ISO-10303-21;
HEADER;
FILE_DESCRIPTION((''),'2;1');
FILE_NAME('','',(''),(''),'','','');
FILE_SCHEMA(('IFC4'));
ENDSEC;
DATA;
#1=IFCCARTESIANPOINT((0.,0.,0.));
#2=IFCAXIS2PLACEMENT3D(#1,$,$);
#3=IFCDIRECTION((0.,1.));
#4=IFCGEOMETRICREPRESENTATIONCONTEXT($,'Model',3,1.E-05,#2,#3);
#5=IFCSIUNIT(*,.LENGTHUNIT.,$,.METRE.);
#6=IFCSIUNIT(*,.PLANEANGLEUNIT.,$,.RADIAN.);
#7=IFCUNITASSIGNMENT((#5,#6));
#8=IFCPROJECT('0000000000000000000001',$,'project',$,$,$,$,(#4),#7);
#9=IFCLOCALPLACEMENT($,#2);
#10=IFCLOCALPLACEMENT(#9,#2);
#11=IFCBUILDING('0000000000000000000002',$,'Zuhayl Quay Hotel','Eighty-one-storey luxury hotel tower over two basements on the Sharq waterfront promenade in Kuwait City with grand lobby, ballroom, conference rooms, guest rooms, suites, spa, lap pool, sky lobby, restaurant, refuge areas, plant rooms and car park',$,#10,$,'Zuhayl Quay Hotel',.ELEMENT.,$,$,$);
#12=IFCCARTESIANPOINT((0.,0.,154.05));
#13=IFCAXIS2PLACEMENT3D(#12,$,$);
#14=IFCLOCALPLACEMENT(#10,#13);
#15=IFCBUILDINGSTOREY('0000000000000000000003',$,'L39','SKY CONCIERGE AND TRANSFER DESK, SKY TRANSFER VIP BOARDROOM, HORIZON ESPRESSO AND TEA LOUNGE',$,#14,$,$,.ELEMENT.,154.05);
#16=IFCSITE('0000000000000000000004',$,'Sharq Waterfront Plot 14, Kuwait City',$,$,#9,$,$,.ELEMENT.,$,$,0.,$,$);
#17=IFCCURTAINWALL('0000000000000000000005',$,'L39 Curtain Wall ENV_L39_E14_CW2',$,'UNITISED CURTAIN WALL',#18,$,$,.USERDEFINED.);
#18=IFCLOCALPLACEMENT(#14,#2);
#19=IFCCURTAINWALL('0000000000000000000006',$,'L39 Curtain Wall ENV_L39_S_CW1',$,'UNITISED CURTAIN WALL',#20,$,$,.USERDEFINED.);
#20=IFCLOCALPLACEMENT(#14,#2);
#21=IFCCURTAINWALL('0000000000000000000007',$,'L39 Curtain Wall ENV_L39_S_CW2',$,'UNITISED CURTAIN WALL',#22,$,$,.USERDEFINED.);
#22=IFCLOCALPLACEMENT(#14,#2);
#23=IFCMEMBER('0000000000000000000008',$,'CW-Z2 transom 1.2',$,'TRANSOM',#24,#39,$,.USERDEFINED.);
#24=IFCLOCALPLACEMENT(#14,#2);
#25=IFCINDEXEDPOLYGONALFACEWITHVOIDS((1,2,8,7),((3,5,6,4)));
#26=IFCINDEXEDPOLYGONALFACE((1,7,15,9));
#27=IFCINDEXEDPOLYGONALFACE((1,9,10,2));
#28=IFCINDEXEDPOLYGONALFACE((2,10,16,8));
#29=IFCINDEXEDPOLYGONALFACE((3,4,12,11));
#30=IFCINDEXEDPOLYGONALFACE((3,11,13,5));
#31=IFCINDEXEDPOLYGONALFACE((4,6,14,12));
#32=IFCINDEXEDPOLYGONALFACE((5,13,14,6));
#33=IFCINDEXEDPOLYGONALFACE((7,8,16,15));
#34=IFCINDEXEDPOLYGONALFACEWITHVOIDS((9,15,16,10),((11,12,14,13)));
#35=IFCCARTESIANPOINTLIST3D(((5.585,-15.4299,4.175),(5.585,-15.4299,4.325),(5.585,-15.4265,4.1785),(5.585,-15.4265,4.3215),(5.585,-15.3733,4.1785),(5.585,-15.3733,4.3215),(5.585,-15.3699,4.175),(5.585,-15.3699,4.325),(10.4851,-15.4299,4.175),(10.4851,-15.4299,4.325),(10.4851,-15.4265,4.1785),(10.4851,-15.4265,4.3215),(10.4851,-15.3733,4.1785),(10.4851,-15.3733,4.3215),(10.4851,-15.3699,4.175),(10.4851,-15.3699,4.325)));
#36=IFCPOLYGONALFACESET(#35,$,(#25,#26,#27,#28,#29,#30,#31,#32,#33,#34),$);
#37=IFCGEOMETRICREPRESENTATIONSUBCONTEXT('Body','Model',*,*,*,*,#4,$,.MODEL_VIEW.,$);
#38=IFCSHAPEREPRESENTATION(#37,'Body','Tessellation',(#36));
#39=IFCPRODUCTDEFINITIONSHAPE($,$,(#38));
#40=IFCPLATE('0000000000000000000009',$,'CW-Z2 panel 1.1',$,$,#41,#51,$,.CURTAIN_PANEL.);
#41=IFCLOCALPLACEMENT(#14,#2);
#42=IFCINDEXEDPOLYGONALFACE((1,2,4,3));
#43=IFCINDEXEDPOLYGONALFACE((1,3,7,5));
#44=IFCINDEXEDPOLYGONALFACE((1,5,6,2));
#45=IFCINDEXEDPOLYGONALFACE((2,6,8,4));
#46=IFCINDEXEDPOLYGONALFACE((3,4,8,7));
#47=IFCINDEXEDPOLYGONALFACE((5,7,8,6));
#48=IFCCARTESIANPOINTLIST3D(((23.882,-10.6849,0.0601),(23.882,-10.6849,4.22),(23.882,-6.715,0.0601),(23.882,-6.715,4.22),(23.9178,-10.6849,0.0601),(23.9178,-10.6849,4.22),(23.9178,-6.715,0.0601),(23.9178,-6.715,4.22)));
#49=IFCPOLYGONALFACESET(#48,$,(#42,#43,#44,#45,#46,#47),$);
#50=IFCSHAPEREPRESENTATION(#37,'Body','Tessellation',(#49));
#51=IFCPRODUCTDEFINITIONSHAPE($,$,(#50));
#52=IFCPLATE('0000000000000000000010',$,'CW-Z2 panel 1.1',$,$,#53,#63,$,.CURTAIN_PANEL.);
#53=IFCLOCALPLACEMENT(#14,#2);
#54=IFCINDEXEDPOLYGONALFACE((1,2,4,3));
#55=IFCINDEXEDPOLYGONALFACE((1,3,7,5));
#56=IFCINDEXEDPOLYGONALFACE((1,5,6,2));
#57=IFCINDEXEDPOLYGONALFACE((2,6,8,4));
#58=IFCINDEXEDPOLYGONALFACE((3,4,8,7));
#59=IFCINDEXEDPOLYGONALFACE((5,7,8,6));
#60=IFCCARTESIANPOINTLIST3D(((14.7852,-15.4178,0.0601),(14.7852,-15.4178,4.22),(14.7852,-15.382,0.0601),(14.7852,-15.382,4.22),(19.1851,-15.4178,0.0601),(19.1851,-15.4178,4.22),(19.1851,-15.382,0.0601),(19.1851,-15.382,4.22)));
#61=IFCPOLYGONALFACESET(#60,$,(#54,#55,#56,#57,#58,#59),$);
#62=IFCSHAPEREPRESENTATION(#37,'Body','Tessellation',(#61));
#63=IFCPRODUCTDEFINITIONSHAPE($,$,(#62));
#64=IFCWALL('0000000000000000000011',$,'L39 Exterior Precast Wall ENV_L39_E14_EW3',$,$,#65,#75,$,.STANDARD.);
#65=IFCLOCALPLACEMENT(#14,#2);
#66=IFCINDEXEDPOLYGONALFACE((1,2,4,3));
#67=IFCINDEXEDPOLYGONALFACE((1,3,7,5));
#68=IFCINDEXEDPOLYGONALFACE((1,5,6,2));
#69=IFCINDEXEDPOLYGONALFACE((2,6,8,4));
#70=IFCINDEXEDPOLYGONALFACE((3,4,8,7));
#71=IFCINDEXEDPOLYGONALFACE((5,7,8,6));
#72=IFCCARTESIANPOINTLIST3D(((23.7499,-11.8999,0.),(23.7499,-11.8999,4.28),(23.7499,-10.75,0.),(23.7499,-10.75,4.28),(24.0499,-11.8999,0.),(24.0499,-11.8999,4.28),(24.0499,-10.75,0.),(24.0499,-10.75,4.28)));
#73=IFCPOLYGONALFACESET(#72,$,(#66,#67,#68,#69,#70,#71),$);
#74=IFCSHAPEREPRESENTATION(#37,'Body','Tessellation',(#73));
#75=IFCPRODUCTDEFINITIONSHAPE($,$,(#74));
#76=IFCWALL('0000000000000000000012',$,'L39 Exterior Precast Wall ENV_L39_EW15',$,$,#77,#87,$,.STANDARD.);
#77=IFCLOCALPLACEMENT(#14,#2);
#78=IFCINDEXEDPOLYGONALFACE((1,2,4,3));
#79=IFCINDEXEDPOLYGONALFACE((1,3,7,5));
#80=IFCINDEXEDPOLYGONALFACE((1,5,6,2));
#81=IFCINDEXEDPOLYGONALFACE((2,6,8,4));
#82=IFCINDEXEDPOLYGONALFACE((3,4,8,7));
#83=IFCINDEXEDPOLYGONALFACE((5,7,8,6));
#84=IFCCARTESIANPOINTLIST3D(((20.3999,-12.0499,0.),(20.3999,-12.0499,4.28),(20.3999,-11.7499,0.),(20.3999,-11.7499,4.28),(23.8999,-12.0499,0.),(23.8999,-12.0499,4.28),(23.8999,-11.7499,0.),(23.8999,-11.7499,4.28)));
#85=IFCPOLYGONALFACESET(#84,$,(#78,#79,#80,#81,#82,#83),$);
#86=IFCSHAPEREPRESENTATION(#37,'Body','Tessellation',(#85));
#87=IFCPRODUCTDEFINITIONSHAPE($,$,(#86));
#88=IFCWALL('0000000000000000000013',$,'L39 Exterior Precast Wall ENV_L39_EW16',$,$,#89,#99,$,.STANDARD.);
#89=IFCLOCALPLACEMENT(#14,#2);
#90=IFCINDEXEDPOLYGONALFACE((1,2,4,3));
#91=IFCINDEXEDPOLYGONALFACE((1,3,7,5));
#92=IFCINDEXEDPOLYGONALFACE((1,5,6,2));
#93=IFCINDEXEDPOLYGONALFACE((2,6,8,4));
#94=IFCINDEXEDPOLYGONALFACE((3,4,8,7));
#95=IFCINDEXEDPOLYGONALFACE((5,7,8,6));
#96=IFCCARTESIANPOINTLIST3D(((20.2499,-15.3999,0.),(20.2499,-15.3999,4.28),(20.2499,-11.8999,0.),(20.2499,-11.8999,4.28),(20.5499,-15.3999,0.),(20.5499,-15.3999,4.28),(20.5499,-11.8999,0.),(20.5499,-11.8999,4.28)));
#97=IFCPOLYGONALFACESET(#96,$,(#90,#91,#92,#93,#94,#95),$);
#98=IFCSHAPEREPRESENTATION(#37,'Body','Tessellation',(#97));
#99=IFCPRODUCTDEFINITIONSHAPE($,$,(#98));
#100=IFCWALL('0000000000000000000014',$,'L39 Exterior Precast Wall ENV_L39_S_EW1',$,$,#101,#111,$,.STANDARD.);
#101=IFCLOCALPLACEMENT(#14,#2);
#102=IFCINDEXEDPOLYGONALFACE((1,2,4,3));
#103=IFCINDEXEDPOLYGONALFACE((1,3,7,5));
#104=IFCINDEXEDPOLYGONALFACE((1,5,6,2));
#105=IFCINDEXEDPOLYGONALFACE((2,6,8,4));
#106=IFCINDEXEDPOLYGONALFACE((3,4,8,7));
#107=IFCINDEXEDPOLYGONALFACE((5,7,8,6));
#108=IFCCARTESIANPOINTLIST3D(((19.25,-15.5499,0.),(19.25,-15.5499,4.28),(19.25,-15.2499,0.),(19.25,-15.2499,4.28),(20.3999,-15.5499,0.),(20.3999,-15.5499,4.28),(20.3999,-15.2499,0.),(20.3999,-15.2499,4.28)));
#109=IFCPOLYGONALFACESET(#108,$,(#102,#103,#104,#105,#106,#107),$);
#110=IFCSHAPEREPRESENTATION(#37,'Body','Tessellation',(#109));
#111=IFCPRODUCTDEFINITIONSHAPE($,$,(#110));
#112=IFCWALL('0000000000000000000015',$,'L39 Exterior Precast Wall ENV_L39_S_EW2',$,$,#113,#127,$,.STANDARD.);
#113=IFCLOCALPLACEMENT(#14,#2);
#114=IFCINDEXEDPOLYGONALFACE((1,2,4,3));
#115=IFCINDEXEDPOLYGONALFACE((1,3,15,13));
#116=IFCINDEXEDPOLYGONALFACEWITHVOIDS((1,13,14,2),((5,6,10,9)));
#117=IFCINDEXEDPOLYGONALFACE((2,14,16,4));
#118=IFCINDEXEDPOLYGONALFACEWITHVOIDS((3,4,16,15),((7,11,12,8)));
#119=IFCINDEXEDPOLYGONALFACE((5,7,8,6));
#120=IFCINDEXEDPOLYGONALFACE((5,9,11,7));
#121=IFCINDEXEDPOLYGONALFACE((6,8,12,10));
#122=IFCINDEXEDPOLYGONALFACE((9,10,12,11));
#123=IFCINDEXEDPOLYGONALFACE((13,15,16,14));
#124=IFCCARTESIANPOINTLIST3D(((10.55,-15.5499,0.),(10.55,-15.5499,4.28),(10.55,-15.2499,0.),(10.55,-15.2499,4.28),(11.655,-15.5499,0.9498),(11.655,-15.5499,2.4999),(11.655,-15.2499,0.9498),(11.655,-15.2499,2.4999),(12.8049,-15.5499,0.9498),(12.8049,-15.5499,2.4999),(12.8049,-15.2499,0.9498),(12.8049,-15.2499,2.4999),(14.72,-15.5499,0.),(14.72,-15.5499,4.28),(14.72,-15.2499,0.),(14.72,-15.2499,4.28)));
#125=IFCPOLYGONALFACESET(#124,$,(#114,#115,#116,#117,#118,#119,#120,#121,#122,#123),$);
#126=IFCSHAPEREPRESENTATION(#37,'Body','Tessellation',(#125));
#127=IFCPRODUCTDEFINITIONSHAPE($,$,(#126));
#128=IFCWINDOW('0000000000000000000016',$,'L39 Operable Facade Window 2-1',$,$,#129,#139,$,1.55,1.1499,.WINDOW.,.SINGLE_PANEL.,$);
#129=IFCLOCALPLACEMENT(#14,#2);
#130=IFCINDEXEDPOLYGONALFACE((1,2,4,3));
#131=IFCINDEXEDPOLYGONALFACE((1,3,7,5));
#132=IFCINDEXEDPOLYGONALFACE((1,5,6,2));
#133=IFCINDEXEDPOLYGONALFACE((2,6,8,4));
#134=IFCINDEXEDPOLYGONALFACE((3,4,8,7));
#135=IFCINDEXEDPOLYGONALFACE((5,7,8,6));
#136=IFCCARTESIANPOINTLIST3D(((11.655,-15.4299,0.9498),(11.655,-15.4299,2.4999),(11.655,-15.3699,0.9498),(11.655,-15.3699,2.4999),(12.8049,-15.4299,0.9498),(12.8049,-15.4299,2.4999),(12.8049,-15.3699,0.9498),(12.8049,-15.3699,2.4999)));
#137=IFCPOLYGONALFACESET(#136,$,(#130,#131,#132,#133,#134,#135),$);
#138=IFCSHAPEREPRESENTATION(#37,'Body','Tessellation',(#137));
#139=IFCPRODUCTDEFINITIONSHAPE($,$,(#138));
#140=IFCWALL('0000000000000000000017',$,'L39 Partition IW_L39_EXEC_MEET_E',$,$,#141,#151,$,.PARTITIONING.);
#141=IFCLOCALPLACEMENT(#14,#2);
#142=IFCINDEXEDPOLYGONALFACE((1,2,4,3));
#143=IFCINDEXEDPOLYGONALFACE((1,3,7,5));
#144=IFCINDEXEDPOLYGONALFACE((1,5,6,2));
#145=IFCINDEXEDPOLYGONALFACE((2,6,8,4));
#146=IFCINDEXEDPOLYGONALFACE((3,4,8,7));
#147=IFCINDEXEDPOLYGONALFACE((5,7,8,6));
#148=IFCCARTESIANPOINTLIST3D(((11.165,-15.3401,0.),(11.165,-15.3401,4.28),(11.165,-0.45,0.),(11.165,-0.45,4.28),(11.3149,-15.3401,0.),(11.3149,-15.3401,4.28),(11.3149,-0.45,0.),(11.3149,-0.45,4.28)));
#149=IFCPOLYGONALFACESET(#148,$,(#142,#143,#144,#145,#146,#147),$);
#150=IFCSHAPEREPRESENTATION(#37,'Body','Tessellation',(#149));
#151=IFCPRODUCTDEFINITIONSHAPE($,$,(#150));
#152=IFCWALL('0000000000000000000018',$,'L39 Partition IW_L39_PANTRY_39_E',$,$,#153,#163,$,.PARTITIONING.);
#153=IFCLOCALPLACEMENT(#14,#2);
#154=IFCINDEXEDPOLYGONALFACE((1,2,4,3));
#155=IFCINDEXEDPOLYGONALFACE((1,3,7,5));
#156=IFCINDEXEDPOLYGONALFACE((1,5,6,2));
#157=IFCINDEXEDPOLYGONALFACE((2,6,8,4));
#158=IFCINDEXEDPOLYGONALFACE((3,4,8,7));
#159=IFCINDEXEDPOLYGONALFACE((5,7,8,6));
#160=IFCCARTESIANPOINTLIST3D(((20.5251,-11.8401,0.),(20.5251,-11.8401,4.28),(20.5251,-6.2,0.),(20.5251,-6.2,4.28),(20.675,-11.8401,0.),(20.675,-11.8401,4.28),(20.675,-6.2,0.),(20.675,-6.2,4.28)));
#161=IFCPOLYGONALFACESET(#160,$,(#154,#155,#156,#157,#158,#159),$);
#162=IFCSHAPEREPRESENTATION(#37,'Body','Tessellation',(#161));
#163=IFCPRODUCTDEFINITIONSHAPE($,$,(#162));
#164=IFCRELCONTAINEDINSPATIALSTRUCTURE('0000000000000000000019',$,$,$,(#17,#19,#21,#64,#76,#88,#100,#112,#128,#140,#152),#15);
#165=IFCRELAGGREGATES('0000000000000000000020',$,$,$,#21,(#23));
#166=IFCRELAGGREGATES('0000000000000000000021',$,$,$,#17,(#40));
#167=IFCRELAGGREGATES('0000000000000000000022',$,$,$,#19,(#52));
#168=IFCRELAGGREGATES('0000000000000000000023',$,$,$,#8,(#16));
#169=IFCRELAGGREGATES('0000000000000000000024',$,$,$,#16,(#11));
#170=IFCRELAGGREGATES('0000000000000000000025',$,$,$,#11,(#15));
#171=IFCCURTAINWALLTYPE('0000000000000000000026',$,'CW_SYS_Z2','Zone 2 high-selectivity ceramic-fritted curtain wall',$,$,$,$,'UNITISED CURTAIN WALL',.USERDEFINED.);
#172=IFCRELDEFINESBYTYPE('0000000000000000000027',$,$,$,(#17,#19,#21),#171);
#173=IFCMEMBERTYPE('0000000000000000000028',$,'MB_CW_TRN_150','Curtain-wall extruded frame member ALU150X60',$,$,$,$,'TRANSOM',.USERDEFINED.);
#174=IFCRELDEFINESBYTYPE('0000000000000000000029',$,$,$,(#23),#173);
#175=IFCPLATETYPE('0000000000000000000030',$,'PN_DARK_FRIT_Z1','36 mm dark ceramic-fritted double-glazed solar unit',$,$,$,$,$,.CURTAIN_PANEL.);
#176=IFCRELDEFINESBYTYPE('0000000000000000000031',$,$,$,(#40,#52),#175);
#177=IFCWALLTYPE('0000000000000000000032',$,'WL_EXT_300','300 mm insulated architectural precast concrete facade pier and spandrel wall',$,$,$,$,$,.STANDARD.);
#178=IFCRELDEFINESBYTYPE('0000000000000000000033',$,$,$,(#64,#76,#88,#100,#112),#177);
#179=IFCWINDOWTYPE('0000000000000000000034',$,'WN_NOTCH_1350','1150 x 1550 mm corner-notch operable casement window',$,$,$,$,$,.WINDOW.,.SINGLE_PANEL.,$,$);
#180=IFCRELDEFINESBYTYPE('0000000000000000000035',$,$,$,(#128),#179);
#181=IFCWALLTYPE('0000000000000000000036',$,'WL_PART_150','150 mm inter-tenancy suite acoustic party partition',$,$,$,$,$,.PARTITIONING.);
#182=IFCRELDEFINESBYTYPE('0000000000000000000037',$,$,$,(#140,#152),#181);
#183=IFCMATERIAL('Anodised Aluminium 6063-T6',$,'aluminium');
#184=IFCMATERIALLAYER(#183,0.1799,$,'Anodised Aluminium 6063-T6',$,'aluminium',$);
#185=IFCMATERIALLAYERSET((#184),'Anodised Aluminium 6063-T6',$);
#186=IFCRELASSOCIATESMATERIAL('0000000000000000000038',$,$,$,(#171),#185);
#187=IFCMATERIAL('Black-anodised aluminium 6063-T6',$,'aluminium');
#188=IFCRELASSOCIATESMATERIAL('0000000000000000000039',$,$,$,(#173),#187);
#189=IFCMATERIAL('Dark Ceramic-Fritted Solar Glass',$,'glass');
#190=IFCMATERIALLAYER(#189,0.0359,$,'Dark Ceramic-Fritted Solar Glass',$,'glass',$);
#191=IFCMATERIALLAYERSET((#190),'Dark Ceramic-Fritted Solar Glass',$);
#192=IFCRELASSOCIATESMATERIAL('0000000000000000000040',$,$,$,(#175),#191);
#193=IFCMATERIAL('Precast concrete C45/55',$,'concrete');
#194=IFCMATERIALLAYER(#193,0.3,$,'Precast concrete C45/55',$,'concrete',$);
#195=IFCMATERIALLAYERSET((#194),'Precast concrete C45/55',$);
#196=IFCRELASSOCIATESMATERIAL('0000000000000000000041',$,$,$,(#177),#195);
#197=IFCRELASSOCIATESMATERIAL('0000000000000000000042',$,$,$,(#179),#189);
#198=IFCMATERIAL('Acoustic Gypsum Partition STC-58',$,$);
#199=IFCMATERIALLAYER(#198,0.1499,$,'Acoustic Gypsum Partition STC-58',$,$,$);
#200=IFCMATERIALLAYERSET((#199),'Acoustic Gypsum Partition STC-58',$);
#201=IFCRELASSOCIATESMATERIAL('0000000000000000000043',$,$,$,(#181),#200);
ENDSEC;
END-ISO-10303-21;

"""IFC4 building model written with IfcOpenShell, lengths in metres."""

from ifc_helpers import new_model, si_unit, direction, frame, frame_2d, origin, origin_2d, place, context, subcontext, project, spatial, rectangle, hollow_rectangle, extrude, material, layer, layer_set, material_profile, profile_set, type_object, element, fill, aggregate, save


model = new_model("IFC4")

# Units and contexts
model_context = context("Model", 3, precision=1e-05, world=origin(), true_north=direction((0.0, 1.0)))
body_context = subcontext(model_context, "Body", "Model", "MODEL_VIEW")
ifc_project = project(units=[si_unit("LENGTHUNIT", "METRE"), si_unit("PLANEANGLEUNIT", "RADIAN")], contexts=[model_context])

# Site, building, storey
site_placement = place(None, origin())
site = spatial("IfcSite", under=ifc_project, at=site_placement, Name="Sharq Waterfront Plot 14, Kuwait City", CompositionType="ELEMENT", RefElevation=0.0)
building_placement = place(site_placement, origin())
building = spatial("IfcBuilding", under=site, at=building_placement, Name="Zuhayl Quay Hotel", Description="Eighty-one-storey luxury hotel tower over two basements on the Sharq waterfront promenade in Kuwait City with grand lobby, ballroom, conference rooms, guest rooms, suites, spa, lap pool, sky lobby, restaurant, refuge areas, plant rooms and car park", LongName="Zuhayl Quay Hotel", CompositionType="ELEMENT")
storey_placement = place(building_placement, frame((0.0, 0.0, 154.05)))
storey = spatial("IfcBuildingStorey", under=building, at=storey_placement, Name="L39", Description="SKY CONCIERGE AND TRANSFER DESK, SKY TRANSFER VIP BOARDROOM, HORIZON ESPRESSO AND TEA LOUNGE", CompositionType="ELEMENT", Elevation=154.05)

# Curtain wall
ifc_material_1 = material(Name="Anodised Aluminium 6063-T6", Category="aluminium")
ifc_layer_1 = layer(ifc_material_1, 0.1799, Name="Anodised Aluminium 6063-T6", Category="aluminium")
ifc_layer_set_1 = layer_set([ifc_layer_1], Name="Anodised Aluminium 6063-T6")
curtain_wall_type = type_object("IfcCurtainWallType", Name="CW_SYS_Z2", Description="Zone 2 high-selectivity ceramic-fritted curtain wall", ElementType="UNITISED CURTAIN WALL", PredefinedType="USERDEFINED", material=ifc_layer_set_1)
curtain_wall_1_placement = place(storey_placement, origin())
curtain_wall_1 = element("IfcCurtainWall", 1, at=curtain_wall_1_placement, inside=storey, type_object=curtain_wall_type, Name="L39 Curtain Wall ENV_L39_E14_CW2", ObjectType="UNITISED CURTAIN WALL", PredefinedType="USERDEFINED")
ifc_material_2 = material(Name="Black-anodised aluminium 6063-T6", Category="aluminium")

# Curtain wall
curtain_wall_2_placement = place(storey_placement, origin())
curtain_wall_2 = element("IfcCurtainWall", 2, at=curtain_wall_2_placement, inside=storey, type_object=curtain_wall_type, Name="L39 Curtain Wall ENV_L39_S_CW1", ObjectType="UNITISED CURTAIN WALL", PredefinedType="USERDEFINED")

# Curtain wall
curtain_wall_3_placement = place(storey_placement, origin())
curtain_wall_3 = element("IfcCurtainWall", 3, at=curtain_wall_3_placement, inside=storey, type_object=curtain_wall_type, Name="L39 Curtain Wall ENV_L39_S_CW2", ObjectType="UNITISED CURTAIN WALL", PredefinedType="USERDEFINED")

# Member
ifc_material_profile_1 = material_profile(ifc_material_2, hollow_rectangle(XDim=0.0601, YDim=0.1499, WallThickness=0.0034, at=origin_2d()), Name="ALU150X60")
ifc_profile_set_1 = profile_set([ifc_material_profile_1], Name="Black-anodised aluminium 6063-T6")
member_type_1 = type_object("IfcMemberType", Name="MB_CW_TRN_150", Description="Curtain-wall extruded frame member ALU150X60", ElementType="TRANSOM", PredefinedType="USERDEFINED", material=ifc_profile_set_1)
member_1_placement = place(storey_placement, frame((10.4851, -15.3999, 4.25), z_axis=(-1.0, 0.0, 0.0), x_axis=(0.0, -1.0, 0.0)))
member_1 = element("IfcMember", 4, at=member_1_placement, type_object=member_type_1, Name="CW-Z2 transom 1.2", ObjectType="TRANSOM", PredefinedType="USERDEFINED", context=body_context, shape_type="SweptSolid", body=[
    extrude(hollow_rectangle(XDim=0.0601, YDim=0.1499, WallThickness=0.0034, at=origin_2d()), origin(), (0.0, 0.0, 1.0), 4.9001),
])
aggregate(curtain_wall_3, [member_1])

# Plates
ifc_material_3 = material(Name="Dark Ceramic-Fritted Solar Glass", Category="glass")
ifc_layer_2 = layer(ifc_material_3, 0.0359, Name="Dark Ceramic-Fritted Solar Glass", Category="glass")
ifc_layer_set_2 = layer_set([ifc_layer_2], Name="Dark Ceramic-Fritted Solar Glass")
plate_type = type_object("IfcPlateType", Name="PN_DARK_FRIT_Z1", Description="36 mm dark ceramic-fritted double-glazed solar unit", PredefinedType="CURTAIN_PANEL", material=ifc_layer_set_2)
plate_1_placement = place(storey_placement, frame((23.8999, -8.7, 0.0601), z_axis=(0.0, 0.0, 1.0), x_axis=(0.0, -1.0, 0.0)))
plate_1 = element("IfcPlate", 5, at=plate_1_placement, type_object=plate_type, Name="CW-Z2 panel 1.1", PredefinedType="CURTAIN_PANEL", context=body_context, shape_type="SweptSolid", body=[
    extrude(rectangle(XDim=3.97, YDim=0.0359, at=origin_2d()), origin(), (0.0, 0.0, 1.0), 4.1599),
])
aggregate(curtain_wall_1, [plate_1])
plate_2_placement = place(storey_placement, frame((16.9851, -15.3999, 0.0601), z_axis=(0.0, 0.0, 1.0), x_axis=(-1.0, 0.0, 0.0)))
plate_2 = element("IfcPlate", 6, at=plate_2_placement, type_object=plate_type, Name="CW-Z2 panel 1.1", PredefinedType="CURTAIN_PANEL", context=body_context, shape_type="SweptSolid", body=[
    extrude(rectangle(XDim=4.3999, YDim=0.0359, at=origin_2d()), origin(), (0.0, 0.0, 1.0), 4.1599),
])
aggregate(curtain_wall_2, [plate_2])

# Walls
ifc_material_4 = material(Name="Precast concrete C45/55", Category="concrete")
ifc_layer_3 = layer(ifc_material_4, 0.3, Name="Precast concrete C45/55", Category="concrete")
ifc_layer_set_3 = layer_set([ifc_layer_3], Name="Precast concrete C45/55")
wall_type_1 = type_object("IfcWallType", Name="WL_EXT_300", Description="300 mm insulated architectural precast concrete facade pier and spandrel wall", PredefinedType="STANDARD", material=ifc_layer_set_3)
wall_1_placement = place(storey_placement, frame((23.8999, -10.75, 0.0), z_axis=(0.0, 0.0, 1.0), x_axis=(0.0, -1.0, 0.0)))
element("IfcWall", 7, at=wall_1_placement, inside=storey, type_object=wall_type_1, Name="L39 Exterior Precast Wall ENV_L39_E14_EW3", PredefinedType="STANDARD", context=body_context, shape_type="SweptSolid", body=[
    extrude(rectangle(XDim=1.1499, YDim=0.3, at=frame_2d((0.575, 0.0))), origin(), (0.0, 0.0, 1.0), 4.28),
])
for number, where, z_axis, x_axis, name in (
    (8, (23.8999, -11.8999, 0.0), (0.0, 0.0, 1.0), (-1.0, 0.0, 0.0), "L39 Exterior Precast Wall ENV_L39_EW15"),
    (9, (20.3999, -11.8999, 0.0), (0.0, 0.0, 1.0), (0.0, -1.0, 0.0), "L39 Exterior Precast Wall ENV_L39_EW16"),
):
    element("IfcWall", number, at=place(storey_placement, frame(where, z_axis=z_axis, x_axis=x_axis)), inside=storey, type_object=wall_type_1, Name=name, PredefinedType="STANDARD", context=body_context, shape_type="SweptSolid", body=[
        extrude(rectangle(XDim=3.5, YDim=0.3, at=frame_2d((1.75, 0.0))), origin(), (0.0, 0.0, 1.0), 4.28),
    ])
wall_2_placement = place(storey_placement, frame((20.3999, -15.3999, 0.0), z_axis=(0.0, 0.0, 1.0), x_axis=(-1.0, 0.0, 0.0)))
element("IfcWall", 10, at=wall_2_placement, inside=storey, type_object=wall_type_1, Name="L39 Exterior Precast Wall ENV_L39_S_EW1", PredefinedType="STANDARD", context=body_context, shape_type="SweptSolid", body=[
    extrude(rectangle(XDim=1.1499, YDim=0.3, at=frame_2d((0.575, 0.0))), origin(), (0.0, 0.0, 1.0), 4.28),
])

# Wall, opening, window
wall_3_placement = place(storey_placement, frame((14.72, -15.3999, 0.0), z_axis=(0.0, 0.0, 1.0), x_axis=(-1.0, 0.0, 0.0)))
wall_3 = element("IfcWall", 11, at=wall_3_placement, inside=storey, type_object=wall_type_1, Name="L39 Exterior Precast Wall ENV_L39_S_EW2", PredefinedType="STANDARD", context=body_context, shape_type="SweptSolid", body=[
    extrude(rectangle(XDim=4.1699, YDim=0.3, at=frame_2d((2.085, 0.0))), origin(), (0.0, 0.0, 1.0), 4.28),
])
opening_placement = place(wall_3_placement, frame((1.915, 0.0, 0.95)))
opening = element("IfcOpeningElement", 12, at=opening_placement, cuts=wall_3, PredefinedType="OPENING", context=body_context, shape_type="SweptSolid", body=[
    extrude(rectangle(XDim=1.1499, YDim=1.55, at=frame_2d((0.575, 0.7749))), frame((0.0, 0.1599, 0.0), z_axis=(0.0, -1.0, 0.0), x_axis=(1.0, 0.0, 0.0)), (0.0, 0.0, 1.0), 0.3201),
])
window_type = type_object("IfcWindowType", Name="WN_NOTCH_1350", Description="1150 x 1550 mm corner-notch operable casement window", PartitioningType="SINGLE_PANEL", PredefinedType="WINDOW", material=ifc_material_3)
window_placement = place(opening_placement, origin())
window = element("IfcWindow", 13, at=window_placement, inside=storey, type_object=window_type, Name="L39 Operable Facade Window 2-1", OverallHeight=1.55, OverallWidth=1.1499, PartitioningType="SINGLE_PANEL", PredefinedType="WINDOW", context=body_context, shape_type="SweptSolid", body=[
    extrude(rectangle(XDim=1.1499, YDim=1.55, at=frame_2d((0.575, 0.7749))), frame((0.0, 0.03, 0.0), z_axis=(0.0, -1.0, 0.0), x_axis=(1.0, 0.0, 0.0)), (0.0, 0.0, 1.0), 0.0601),
])
fill(opening, window)

# Walls
ifc_material_5 = material(Name="Acoustic Gypsum Partition STC-58")
ifc_layer_4 = layer(ifc_material_5, 0.1499, Name="Acoustic Gypsum Partition STC-58")
ifc_layer_set_4 = layer_set([ifc_layer_4], Name="Acoustic Gypsum Partition STC-58")
wall_type_2 = type_object("IfcWallType", Name="WL_PART_150", Description="150 mm inter-tenancy suite acoustic party partition", PredefinedType="PARTITIONING", material=ifc_layer_set_4)
wall_4_placement = place(storey_placement, frame((11.24, -15.3401, 0.0), z_axis=(0.0, 0.0, 1.0), x_axis=(0.0, 1.0, 0.0)))
element("IfcWall", 14, at=wall_4_placement, inside=storey, type_object=wall_type_2, Name="L39 Partition IW_L39_EXEC_MEET_E", PredefinedType="PARTITIONING", context=body_context, shape_type="SweptSolid", body=[
    extrude(rectangle(XDim=14.8901, YDim=0.1499, at=frame_2d((7.4451, 0.0))), origin(), (0.0, 0.0, 1.0), 4.28),
])
wall_5_placement = place(storey_placement, frame((20.6001, -11.8401, 0.0), z_axis=(0.0, 0.0, 1.0), x_axis=(0.0, 1.0, 0.0)))
element("IfcWall", 15, at=wall_5_placement, inside=storey, type_object=wall_type_2, Name="L39 Partition IW_L39_PANTRY_39_E", PredefinedType="PARTITIONING", context=body_context, shape_type="SweptSolid", body=[
    extrude(rectangle(XDim=5.6401, YDim=0.1499, at=frame_2d((2.8201, 0.0))), origin(), (0.0, 0.0, 1.0), 4.28),
])

save(model, "model.ifc")
